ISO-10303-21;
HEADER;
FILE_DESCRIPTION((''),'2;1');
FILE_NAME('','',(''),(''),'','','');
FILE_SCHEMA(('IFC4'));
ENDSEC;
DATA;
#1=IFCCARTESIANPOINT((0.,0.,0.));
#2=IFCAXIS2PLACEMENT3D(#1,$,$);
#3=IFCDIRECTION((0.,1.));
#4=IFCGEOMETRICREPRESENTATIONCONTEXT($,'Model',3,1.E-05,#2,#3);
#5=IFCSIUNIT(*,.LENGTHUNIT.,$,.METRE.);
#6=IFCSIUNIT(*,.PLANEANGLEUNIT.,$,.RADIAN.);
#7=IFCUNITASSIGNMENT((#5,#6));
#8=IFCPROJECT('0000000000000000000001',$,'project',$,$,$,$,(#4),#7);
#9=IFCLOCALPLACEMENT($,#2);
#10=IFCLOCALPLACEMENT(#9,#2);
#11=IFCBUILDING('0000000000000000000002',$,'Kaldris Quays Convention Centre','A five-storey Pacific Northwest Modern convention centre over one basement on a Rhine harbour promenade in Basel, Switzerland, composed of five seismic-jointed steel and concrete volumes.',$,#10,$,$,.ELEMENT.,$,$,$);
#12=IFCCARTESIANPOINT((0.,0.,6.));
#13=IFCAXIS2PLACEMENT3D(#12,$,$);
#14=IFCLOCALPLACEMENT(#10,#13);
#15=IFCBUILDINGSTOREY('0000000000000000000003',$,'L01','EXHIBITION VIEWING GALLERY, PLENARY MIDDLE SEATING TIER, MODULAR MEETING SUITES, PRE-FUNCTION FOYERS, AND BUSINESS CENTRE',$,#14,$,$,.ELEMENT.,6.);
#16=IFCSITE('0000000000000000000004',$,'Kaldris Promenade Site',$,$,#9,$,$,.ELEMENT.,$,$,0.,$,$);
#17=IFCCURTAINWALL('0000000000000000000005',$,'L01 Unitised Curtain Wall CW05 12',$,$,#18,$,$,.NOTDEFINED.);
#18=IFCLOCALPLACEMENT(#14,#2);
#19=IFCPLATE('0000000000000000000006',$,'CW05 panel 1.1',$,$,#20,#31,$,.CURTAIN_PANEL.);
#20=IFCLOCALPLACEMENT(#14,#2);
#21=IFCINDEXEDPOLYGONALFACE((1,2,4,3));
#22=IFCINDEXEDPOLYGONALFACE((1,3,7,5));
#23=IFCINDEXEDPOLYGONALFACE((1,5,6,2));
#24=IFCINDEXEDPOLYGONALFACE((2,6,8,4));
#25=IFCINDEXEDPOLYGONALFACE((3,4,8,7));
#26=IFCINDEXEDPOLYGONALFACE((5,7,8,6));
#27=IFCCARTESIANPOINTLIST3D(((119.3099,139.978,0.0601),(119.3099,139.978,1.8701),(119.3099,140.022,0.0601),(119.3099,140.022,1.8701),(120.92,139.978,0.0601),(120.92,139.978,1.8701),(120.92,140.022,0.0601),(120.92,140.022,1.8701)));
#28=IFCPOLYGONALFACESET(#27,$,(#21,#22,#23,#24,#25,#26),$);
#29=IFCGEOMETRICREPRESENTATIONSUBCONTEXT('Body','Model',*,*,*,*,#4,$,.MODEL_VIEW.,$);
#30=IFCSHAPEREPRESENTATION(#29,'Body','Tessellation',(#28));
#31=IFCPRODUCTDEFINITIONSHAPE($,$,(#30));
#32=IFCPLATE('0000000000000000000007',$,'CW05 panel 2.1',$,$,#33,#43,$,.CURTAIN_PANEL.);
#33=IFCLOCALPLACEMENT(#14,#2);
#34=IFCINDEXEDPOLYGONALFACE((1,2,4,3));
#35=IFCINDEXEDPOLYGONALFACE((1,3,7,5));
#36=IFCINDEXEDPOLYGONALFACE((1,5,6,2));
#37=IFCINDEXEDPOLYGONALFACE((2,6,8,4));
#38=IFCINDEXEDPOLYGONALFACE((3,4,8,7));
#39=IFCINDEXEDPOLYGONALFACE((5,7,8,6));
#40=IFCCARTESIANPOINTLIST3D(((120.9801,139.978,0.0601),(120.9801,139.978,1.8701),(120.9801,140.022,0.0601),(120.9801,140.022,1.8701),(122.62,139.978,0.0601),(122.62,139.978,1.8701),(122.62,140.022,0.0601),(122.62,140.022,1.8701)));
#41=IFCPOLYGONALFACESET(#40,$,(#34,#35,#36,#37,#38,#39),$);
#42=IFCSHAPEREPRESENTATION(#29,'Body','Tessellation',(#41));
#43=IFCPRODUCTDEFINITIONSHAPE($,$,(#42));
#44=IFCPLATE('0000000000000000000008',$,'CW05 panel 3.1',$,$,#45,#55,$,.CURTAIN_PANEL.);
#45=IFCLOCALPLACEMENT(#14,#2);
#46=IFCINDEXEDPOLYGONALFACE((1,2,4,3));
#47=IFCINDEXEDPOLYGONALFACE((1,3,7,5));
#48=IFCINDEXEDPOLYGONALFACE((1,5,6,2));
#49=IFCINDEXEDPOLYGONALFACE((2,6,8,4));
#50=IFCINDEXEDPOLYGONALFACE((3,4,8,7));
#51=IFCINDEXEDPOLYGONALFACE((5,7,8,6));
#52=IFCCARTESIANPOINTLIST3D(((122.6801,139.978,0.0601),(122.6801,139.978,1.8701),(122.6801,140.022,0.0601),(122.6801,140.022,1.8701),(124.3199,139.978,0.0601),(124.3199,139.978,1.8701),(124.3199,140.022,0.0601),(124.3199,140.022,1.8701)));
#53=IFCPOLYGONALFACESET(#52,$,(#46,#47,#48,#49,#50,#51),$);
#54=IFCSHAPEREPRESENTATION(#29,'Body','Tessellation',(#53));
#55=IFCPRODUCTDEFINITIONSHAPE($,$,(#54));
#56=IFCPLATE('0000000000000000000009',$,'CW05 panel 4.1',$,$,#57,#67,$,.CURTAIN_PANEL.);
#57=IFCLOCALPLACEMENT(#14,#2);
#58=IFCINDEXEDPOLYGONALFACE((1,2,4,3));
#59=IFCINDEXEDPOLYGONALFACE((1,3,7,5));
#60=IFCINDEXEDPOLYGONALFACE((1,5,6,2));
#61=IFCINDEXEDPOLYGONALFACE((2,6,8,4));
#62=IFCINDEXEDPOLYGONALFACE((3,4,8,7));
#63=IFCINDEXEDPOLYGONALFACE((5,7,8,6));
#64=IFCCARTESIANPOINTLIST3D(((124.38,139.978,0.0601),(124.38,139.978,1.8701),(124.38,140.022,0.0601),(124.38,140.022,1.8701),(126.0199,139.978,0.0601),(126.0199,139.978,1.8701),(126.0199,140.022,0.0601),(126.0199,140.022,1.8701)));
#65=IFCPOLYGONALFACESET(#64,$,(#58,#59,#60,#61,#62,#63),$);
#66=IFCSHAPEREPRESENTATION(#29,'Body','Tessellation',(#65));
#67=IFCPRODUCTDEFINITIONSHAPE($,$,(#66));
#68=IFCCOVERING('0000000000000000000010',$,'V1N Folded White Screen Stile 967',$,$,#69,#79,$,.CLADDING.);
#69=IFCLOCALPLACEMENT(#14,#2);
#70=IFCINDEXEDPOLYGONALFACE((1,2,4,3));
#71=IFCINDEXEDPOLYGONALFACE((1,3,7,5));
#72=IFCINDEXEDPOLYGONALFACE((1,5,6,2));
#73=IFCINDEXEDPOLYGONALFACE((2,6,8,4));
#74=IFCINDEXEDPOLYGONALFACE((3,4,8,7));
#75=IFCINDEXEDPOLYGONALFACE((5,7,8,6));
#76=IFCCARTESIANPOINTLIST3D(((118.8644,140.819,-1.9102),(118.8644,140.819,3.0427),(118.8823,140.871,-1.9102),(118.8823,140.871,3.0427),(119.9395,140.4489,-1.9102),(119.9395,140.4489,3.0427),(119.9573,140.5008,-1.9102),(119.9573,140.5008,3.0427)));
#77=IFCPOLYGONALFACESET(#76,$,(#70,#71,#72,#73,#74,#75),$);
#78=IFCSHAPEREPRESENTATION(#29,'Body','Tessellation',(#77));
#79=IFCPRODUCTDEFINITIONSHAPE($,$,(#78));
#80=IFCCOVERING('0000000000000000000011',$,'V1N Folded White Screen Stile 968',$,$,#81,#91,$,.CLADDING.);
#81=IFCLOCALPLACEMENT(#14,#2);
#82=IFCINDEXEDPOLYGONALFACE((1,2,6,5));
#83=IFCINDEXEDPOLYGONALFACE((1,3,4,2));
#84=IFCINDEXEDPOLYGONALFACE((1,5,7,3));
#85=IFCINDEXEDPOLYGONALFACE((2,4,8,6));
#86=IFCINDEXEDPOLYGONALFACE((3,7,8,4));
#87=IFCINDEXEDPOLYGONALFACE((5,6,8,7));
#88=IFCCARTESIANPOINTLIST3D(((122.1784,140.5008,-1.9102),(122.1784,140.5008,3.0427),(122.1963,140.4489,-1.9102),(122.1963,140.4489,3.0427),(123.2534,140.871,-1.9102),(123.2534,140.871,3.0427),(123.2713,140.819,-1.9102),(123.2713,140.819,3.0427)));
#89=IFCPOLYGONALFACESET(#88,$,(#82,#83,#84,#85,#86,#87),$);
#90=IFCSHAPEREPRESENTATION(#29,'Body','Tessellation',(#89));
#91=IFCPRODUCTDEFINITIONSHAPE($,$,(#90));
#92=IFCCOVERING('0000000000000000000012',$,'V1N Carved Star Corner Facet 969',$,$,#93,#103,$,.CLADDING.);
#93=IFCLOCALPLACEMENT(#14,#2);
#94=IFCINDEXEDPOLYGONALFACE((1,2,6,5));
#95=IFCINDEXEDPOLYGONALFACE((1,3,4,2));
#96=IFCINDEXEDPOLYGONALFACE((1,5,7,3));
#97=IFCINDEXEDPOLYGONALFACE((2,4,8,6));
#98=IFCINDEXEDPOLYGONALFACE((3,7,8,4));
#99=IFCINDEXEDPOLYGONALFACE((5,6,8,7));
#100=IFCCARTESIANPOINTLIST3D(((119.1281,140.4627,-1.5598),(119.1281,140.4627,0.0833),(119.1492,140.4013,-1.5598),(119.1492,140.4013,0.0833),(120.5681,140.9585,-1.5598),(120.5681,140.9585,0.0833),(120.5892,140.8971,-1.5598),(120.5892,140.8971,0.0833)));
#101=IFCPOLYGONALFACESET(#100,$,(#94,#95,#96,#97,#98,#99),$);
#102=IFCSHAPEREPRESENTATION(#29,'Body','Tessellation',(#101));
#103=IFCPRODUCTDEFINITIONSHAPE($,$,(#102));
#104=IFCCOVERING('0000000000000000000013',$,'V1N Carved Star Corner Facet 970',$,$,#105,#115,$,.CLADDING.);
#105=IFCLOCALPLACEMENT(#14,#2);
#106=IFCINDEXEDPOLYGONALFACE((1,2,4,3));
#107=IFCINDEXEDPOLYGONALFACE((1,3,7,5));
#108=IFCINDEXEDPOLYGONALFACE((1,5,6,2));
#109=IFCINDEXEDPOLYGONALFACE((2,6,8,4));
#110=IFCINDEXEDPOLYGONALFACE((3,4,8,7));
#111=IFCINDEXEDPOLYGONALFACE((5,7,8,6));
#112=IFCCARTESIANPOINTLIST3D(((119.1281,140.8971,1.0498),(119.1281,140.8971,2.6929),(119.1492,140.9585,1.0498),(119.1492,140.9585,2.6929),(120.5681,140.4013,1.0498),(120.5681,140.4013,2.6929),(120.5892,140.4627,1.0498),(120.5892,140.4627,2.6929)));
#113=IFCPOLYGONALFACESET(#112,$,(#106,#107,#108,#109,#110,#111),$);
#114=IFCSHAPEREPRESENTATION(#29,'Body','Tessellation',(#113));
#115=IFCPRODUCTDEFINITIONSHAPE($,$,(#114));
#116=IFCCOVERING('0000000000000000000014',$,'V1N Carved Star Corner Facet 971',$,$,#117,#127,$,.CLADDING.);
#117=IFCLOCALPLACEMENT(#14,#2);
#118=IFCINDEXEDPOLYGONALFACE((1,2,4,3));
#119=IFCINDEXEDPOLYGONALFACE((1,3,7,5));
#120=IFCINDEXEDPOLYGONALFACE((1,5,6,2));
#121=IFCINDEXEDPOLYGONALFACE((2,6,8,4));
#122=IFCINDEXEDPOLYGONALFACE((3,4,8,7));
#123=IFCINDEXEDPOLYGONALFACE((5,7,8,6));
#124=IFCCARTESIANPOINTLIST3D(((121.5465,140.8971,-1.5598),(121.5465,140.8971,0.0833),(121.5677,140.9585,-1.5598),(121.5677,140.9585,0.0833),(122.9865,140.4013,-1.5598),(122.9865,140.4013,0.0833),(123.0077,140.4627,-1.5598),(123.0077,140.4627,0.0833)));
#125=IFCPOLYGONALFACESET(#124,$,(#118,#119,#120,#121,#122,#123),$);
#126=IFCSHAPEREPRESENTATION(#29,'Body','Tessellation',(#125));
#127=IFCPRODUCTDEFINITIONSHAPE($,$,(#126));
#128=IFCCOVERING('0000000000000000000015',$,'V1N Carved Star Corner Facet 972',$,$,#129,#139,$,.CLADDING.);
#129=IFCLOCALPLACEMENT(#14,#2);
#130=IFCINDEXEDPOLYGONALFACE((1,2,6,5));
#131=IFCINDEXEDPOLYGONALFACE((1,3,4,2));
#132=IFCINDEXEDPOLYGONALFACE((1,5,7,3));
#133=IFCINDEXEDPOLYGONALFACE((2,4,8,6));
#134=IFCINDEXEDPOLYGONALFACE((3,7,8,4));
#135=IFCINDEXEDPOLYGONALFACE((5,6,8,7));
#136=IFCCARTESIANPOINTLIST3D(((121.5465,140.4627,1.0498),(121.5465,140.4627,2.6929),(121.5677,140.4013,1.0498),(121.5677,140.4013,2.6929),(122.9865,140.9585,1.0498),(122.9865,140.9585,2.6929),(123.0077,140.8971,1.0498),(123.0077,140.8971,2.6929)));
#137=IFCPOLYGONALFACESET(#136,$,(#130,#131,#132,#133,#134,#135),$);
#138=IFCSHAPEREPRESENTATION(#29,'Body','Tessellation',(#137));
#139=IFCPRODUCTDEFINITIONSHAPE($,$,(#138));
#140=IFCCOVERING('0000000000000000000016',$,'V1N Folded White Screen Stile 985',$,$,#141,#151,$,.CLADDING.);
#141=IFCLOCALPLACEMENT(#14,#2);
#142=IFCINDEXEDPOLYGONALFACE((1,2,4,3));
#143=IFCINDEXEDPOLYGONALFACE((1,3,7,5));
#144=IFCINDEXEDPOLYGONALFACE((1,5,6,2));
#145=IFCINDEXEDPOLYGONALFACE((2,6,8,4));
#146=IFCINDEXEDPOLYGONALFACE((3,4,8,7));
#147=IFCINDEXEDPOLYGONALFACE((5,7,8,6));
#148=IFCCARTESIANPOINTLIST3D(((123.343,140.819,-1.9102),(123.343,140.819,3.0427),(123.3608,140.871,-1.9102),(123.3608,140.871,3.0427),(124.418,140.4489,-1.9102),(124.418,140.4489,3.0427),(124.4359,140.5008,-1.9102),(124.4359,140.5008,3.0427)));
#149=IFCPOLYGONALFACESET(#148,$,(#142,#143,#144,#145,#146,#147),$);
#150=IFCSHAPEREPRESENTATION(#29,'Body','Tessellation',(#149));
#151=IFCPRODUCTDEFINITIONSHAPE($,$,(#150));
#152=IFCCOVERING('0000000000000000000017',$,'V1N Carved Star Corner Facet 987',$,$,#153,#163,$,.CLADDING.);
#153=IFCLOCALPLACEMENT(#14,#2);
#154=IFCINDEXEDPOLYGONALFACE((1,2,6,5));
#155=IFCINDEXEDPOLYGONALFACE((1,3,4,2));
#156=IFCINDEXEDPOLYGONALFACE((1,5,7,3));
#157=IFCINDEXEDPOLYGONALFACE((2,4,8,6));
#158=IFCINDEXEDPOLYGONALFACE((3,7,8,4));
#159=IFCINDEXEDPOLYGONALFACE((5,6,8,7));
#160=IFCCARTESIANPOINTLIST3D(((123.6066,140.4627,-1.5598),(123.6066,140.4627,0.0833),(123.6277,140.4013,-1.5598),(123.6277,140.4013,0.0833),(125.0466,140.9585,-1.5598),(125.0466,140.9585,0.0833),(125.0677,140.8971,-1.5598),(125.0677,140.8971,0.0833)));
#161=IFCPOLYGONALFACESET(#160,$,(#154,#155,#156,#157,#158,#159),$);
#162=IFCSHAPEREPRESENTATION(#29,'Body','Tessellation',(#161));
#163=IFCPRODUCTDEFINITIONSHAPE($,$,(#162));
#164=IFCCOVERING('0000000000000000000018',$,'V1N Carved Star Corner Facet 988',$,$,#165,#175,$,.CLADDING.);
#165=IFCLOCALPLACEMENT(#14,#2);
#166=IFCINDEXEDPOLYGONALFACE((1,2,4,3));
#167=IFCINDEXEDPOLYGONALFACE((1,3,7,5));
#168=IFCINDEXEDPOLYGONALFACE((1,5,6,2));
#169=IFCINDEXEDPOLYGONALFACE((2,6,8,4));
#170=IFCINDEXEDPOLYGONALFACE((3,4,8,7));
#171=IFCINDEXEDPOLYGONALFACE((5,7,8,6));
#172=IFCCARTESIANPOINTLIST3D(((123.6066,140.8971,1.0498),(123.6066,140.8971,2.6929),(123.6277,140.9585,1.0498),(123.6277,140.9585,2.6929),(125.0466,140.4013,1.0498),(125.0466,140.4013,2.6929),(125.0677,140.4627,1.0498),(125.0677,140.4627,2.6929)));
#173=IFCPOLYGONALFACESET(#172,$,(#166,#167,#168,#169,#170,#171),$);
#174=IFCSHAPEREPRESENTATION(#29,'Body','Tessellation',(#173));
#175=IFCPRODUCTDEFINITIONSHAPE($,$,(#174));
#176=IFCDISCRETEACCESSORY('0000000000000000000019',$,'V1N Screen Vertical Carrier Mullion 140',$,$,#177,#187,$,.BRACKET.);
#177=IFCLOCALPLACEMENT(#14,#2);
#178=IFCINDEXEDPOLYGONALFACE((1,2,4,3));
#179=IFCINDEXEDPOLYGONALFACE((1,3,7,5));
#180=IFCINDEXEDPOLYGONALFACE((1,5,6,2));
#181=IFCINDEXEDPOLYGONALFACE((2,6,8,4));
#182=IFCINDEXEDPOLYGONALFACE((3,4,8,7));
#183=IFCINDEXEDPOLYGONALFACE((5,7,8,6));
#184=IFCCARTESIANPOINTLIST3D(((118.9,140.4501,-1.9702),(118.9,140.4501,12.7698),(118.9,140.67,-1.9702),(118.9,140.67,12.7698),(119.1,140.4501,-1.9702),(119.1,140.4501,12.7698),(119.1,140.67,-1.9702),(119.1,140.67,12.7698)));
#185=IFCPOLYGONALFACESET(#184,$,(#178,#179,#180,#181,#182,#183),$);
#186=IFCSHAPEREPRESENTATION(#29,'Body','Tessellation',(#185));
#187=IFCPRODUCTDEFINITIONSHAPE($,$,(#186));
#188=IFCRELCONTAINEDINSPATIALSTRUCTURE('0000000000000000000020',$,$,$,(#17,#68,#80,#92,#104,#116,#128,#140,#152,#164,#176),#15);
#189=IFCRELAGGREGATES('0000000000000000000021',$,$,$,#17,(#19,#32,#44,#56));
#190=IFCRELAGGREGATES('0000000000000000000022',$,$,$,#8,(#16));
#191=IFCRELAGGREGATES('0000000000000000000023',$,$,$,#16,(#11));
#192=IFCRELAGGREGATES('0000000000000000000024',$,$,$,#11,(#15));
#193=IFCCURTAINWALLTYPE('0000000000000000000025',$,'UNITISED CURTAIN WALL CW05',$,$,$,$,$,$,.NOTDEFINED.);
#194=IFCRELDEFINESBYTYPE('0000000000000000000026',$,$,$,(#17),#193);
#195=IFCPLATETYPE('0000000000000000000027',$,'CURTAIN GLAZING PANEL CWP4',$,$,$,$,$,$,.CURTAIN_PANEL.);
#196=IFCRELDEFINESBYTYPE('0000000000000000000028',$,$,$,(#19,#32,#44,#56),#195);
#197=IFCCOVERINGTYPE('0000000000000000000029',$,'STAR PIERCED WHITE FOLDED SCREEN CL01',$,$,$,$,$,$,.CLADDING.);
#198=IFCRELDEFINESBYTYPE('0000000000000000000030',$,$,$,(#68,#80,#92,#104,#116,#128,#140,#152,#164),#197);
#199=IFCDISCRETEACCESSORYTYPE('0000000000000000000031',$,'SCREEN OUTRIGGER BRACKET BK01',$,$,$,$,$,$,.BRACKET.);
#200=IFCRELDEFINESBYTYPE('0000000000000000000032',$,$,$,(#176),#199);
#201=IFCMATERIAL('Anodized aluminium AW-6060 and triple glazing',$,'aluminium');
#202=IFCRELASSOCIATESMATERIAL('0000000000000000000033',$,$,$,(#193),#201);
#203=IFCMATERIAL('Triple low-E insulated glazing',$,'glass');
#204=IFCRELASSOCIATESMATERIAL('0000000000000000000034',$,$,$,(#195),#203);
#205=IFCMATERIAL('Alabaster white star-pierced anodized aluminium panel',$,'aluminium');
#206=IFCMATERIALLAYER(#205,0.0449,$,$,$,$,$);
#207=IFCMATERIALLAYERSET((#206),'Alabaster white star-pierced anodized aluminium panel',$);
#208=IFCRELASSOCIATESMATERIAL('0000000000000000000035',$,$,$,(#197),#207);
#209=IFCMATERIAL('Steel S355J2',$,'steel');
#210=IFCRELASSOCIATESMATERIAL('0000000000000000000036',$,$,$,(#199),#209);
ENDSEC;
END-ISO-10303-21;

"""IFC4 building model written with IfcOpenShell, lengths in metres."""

from ifc_helpers import new_model, si_unit, direction, frame, origin, origin_2d, place, context, subcontext, project, spatial, rectangle, extrude, material, layer, layer_set, type_object, element, aggregate, save


model = new_model("IFC4")

# Units and contexts
model_context = context("Model", 3, precision=1e-05, world=origin(), true_north=direction((0.0, 1.0)))
body_context = subcontext(model_context, "Body", "Model", "MODEL_VIEW")
ifc_project = project(units=[si_unit("LENGTHUNIT", "METRE"), si_unit("PLANEANGLEUNIT", "RADIAN")], contexts=[model_context])

# Site, building, storey
site_placement = place(None, origin())
site = spatial("IfcSite", under=ifc_project, at=site_placement, Name="Kaldris Promenade Site", CompositionType="ELEMENT", RefElevation=0.0)
building_placement = place(site_placement, origin())
building = spatial("IfcBuilding", under=site, at=building_placement, Name="Kaldris Quays Convention Centre", Description="A five-storey Pacific Northwest Modern convention centre over one basement on a Rhine harbour promenade in Basel, Switzerland, composed of five seismic-jointed steel and concrete volumes.", CompositionType="ELEMENT")
storey_placement = place(building_placement, frame((0.0, 0.0, 6.0)))
storey = spatial("IfcBuildingStorey", under=building, at=storey_placement, Name="L01", Description="EXHIBITION VIEWING GALLERY, PLENARY MIDDLE SEATING TIER, MODULAR MEETING SUITES, PRE-FUNCTION FOYERS, AND BUSINESS CENTRE", CompositionType="ELEMENT", Elevation=6.0)

# Curtain wall, plates
ifc_material_1 = material(Name="Anodized aluminium AW-6060 and triple glazing", Category="aluminium")
curtain_wall_type = type_object("IfcCurtainWallType", Name="UNITISED CURTAIN WALL CW05", PredefinedType="NOTDEFINED", material=ifc_material_1)
curtain_wall_placement = place(storey_placement, origin())
curtain_wall = element("IfcCurtainWall", 1, at=curtain_wall_placement, inside=storey, type_object=curtain_wall_type, Name="L01 Unitised Curtain Wall CW05 12", PredefinedType="NOTDEFINED")
ifc_material_2 = material(Name="Triple low-E insulated glazing", Category="glass")
plate_type = type_object("IfcPlateType", Name="CURTAIN GLAZING PANEL CWP4", PredefinedType="CURTAIN_PANEL", material=ifc_material_2)
plate_1_placement = place(storey_placement, frame((120.115, 140.0, 0.0601), z_axis=(0.0, 0.0, 1.0), x_axis=(1.0, 0.0, 0.0)))
plate_1 = element("IfcPlate", 2, at=plate_1_placement, type_object=plate_type, Name="CW05 panel 1.1", PredefinedType="CURTAIN_PANEL", context=body_context, shape_type="SweptSolid", body=[
    extrude(rectangle(XDim=1.6101, YDim=0.0439, at=origin_2d()), origin(), (0.0, 0.0, 1.0), 1.8101),
])
plate_2_placement = place(storey_placement, frame((121.8, 140.0, 0.0601), z_axis=(0.0, 0.0, 1.0), x_axis=(1.0, 0.0, 0.0)))
plate_2 = element("IfcPlate", 3, at=plate_2_placement, type_object=plate_type, Name="CW05 panel 2.1", PredefinedType="CURTAIN_PANEL", context=body_context, shape_type="SweptSolid", body=[
    extrude(rectangle(XDim=1.6399, YDim=0.0439, at=origin_2d()), origin(), (0.0, 0.0, 1.0), 1.8101),
])
plate_3_placement = place(storey_placement, frame((123.5, 140.0, 0.0601), z_axis=(0.0, 0.0, 1.0), x_axis=(1.0, 0.0, 0.0)))
plate_3 = element("IfcPlate", 4, at=plate_3_placement, type_object=plate_type, Name="CW05 panel 3.1", PredefinedType="CURTAIN_PANEL", context=body_context, shape_type="SweptSolid", body=[
    extrude(rectangle(XDim=1.6399, YDim=0.0439, at=origin_2d()), origin(), (0.0, 0.0, 1.0), 1.8101),
])
plate_4_placement = place(storey_placement, frame((125.2, 140.0, 0.0601), z_axis=(0.0, 0.0, 1.0), x_axis=(1.0, 0.0, 0.0)))
plate_4 = element("IfcPlate", 5, at=plate_4_placement, type_object=plate_type, Name="CW05 panel 4.1", PredefinedType="CURTAIN_PANEL", context=body_context, shape_type="SweptSolid", body=[
    extrude(rectangle(XDim=1.6399, YDim=0.0439, at=origin_2d()), origin(), (0.0, 0.0, 1.0), 1.8101),
])
aggregate(curtain_wall, [plate_1, plate_2, plate_3, plate_4])

# Coverings
ifc_material_3 = material(Name="Alabaster white star-pierced anodized aluminium panel", Category="aluminium")
ifc_layer = layer(ifc_material_3, 0.0449)
ifc_layer_set = layer_set([ifc_layer], Name="Alabaster white star-pierced anodized aluminium panel")
covering_type = type_object("IfcCoveringType", Name="STAR PIERCED WHITE FOLDED SCREEN CL01", PredefinedType="CLADDING", material=ifc_layer_set)
for number, where, z_axis, x_axis, name in (
    (6, (119.4109, 140.6599, -1.9102), (0.0, 0.0, 1.0), (0.945519, -0.325568, 0.0), "V1N Folded White Screen Stile 967"),
    (7, (122.7249, 140.6599, -1.9102), (0.0, 0.0, 1.0), (0.945519, 0.325568, 0.0), "V1N Folded White Screen Stile 968"),
):
    element("IfcCovering", number, at=place(storey_placement, frame(where, z_axis=z_axis, x_axis=x_axis)), inside=storey, type_object=covering_type, Name=name, PredefinedType="CLADDING", context=body_context, shape_type="SweptSolid", body=[
        extrude(rectangle(XDim=1.137, YDim=0.0549, at=origin_2d()), origin(), (0.0, 0.0, 1.0), 4.9529),
    ])
for number, where, z_axis, x_axis, name in (
    (8, (119.8586, 140.6799, -1.5598), (0.0, 0.0, 1.0), (0.945519, 0.325568, 0.0), "V1N Carved Star Corner Facet 969"),
    (9, (119.8586, 140.6799, 1.0498), (0.0, 0.0, 1.0), (0.945519, -0.325568, 0.0), "V1N Carved Star Corner Facet 970"),
    (10, (122.2771, 140.6799, -1.5598), (0.0, 0.0, 1.0), (0.945519, -0.325568, 0.0), "V1N Carved Star Corner Facet 971"),
    (11, (122.2771, 140.6799, 1.0498), (0.0, 0.0, 1.0), (0.945519, 0.325568, 0.0), "V1N Carved Star Corner Facet 972"),
):
    element("IfcCovering", number, at=place(storey_placement, frame(where, z_axis=z_axis, x_axis=x_axis)), inside=storey, type_object=covering_type, Name=name, PredefinedType="CLADDING", context=body_context, shape_type="SweptSolid", body=[
        extrude(rectangle(XDim=1.5229, YDim=0.0649, at=origin_2d()), origin(), (0.0, 0.0, 1.0), 1.6431),
    ])
covering_placement = place(storey_placement, frame((123.8894, 140.6599, -1.9102), z_axis=(0.0, 0.0, 1.0), x_axis=(0.945519, -0.325568, 0.0)))
element("IfcCovering", 12, at=covering_placement, inside=storey, type_object=covering_type, Name="V1N Folded White Screen Stile 985", PredefinedType="CLADDING", context=body_context, shape_type="SweptSolid", body=[
    extrude(rectangle(XDim=1.137, YDim=0.0549, at=origin_2d()), origin(), (0.0, 0.0, 1.0), 4.9529),
])
for number, where, z_axis, x_axis, name in (
    (13, (124.3372, 140.6799, -1.5598), (0.0, 0.0, 1.0), (0.945519, 0.325568, 0.0), "V1N Carved Star Corner Facet 987"),
    (14, (124.3372, 140.6799, 1.0498), (0.0, 0.0, 1.0), (0.945519, -0.325568, 0.0), "V1N Carved Star Corner Facet 988"),
):
    element("IfcCovering", number, at=place(storey_placement, frame(where, z_axis=z_axis, x_axis=x_axis)), inside=storey, type_object=covering_type, Name=name, PredefinedType="CLADDING", context=body_context, shape_type="SweptSolid", body=[
        extrude(rectangle(XDim=1.5229, YDim=0.0649, at=origin_2d()), origin(), (0.0, 0.0, 1.0), 1.6431),
    ])

# Discrete accessory
ifc_material_4 = material(Name="Steel S355J2", Category="steel")
discrete_accessory_type = type_object("IfcDiscreteAccessoryType", Name="SCREEN OUTRIGGER BRACKET BK01", PredefinedType="BRACKET", material=ifc_material_4)
discrete_accessory_placement = place(storey_placement, frame((119.0, 140.5601, -1.9702), z_axis=(0.0, 0.0, 1.0), x_axis=(1.0, 0.0, 0.0)))
element("IfcDiscreteAccessory", 15, at=discrete_accessory_placement, inside=storey, type_object=discrete_accessory_type, Name="V1N Screen Vertical Carrier Mullion 140", PredefinedType="BRACKET", context=body_context, shape_type="SweptSolid", body=[
    extrude(rectangle(XDim=0.2, YDim=0.22, at=origin_2d()), origin(), (0.0, 0.0, 1.0), 14.74),
])

save(model, "model.ifc")
